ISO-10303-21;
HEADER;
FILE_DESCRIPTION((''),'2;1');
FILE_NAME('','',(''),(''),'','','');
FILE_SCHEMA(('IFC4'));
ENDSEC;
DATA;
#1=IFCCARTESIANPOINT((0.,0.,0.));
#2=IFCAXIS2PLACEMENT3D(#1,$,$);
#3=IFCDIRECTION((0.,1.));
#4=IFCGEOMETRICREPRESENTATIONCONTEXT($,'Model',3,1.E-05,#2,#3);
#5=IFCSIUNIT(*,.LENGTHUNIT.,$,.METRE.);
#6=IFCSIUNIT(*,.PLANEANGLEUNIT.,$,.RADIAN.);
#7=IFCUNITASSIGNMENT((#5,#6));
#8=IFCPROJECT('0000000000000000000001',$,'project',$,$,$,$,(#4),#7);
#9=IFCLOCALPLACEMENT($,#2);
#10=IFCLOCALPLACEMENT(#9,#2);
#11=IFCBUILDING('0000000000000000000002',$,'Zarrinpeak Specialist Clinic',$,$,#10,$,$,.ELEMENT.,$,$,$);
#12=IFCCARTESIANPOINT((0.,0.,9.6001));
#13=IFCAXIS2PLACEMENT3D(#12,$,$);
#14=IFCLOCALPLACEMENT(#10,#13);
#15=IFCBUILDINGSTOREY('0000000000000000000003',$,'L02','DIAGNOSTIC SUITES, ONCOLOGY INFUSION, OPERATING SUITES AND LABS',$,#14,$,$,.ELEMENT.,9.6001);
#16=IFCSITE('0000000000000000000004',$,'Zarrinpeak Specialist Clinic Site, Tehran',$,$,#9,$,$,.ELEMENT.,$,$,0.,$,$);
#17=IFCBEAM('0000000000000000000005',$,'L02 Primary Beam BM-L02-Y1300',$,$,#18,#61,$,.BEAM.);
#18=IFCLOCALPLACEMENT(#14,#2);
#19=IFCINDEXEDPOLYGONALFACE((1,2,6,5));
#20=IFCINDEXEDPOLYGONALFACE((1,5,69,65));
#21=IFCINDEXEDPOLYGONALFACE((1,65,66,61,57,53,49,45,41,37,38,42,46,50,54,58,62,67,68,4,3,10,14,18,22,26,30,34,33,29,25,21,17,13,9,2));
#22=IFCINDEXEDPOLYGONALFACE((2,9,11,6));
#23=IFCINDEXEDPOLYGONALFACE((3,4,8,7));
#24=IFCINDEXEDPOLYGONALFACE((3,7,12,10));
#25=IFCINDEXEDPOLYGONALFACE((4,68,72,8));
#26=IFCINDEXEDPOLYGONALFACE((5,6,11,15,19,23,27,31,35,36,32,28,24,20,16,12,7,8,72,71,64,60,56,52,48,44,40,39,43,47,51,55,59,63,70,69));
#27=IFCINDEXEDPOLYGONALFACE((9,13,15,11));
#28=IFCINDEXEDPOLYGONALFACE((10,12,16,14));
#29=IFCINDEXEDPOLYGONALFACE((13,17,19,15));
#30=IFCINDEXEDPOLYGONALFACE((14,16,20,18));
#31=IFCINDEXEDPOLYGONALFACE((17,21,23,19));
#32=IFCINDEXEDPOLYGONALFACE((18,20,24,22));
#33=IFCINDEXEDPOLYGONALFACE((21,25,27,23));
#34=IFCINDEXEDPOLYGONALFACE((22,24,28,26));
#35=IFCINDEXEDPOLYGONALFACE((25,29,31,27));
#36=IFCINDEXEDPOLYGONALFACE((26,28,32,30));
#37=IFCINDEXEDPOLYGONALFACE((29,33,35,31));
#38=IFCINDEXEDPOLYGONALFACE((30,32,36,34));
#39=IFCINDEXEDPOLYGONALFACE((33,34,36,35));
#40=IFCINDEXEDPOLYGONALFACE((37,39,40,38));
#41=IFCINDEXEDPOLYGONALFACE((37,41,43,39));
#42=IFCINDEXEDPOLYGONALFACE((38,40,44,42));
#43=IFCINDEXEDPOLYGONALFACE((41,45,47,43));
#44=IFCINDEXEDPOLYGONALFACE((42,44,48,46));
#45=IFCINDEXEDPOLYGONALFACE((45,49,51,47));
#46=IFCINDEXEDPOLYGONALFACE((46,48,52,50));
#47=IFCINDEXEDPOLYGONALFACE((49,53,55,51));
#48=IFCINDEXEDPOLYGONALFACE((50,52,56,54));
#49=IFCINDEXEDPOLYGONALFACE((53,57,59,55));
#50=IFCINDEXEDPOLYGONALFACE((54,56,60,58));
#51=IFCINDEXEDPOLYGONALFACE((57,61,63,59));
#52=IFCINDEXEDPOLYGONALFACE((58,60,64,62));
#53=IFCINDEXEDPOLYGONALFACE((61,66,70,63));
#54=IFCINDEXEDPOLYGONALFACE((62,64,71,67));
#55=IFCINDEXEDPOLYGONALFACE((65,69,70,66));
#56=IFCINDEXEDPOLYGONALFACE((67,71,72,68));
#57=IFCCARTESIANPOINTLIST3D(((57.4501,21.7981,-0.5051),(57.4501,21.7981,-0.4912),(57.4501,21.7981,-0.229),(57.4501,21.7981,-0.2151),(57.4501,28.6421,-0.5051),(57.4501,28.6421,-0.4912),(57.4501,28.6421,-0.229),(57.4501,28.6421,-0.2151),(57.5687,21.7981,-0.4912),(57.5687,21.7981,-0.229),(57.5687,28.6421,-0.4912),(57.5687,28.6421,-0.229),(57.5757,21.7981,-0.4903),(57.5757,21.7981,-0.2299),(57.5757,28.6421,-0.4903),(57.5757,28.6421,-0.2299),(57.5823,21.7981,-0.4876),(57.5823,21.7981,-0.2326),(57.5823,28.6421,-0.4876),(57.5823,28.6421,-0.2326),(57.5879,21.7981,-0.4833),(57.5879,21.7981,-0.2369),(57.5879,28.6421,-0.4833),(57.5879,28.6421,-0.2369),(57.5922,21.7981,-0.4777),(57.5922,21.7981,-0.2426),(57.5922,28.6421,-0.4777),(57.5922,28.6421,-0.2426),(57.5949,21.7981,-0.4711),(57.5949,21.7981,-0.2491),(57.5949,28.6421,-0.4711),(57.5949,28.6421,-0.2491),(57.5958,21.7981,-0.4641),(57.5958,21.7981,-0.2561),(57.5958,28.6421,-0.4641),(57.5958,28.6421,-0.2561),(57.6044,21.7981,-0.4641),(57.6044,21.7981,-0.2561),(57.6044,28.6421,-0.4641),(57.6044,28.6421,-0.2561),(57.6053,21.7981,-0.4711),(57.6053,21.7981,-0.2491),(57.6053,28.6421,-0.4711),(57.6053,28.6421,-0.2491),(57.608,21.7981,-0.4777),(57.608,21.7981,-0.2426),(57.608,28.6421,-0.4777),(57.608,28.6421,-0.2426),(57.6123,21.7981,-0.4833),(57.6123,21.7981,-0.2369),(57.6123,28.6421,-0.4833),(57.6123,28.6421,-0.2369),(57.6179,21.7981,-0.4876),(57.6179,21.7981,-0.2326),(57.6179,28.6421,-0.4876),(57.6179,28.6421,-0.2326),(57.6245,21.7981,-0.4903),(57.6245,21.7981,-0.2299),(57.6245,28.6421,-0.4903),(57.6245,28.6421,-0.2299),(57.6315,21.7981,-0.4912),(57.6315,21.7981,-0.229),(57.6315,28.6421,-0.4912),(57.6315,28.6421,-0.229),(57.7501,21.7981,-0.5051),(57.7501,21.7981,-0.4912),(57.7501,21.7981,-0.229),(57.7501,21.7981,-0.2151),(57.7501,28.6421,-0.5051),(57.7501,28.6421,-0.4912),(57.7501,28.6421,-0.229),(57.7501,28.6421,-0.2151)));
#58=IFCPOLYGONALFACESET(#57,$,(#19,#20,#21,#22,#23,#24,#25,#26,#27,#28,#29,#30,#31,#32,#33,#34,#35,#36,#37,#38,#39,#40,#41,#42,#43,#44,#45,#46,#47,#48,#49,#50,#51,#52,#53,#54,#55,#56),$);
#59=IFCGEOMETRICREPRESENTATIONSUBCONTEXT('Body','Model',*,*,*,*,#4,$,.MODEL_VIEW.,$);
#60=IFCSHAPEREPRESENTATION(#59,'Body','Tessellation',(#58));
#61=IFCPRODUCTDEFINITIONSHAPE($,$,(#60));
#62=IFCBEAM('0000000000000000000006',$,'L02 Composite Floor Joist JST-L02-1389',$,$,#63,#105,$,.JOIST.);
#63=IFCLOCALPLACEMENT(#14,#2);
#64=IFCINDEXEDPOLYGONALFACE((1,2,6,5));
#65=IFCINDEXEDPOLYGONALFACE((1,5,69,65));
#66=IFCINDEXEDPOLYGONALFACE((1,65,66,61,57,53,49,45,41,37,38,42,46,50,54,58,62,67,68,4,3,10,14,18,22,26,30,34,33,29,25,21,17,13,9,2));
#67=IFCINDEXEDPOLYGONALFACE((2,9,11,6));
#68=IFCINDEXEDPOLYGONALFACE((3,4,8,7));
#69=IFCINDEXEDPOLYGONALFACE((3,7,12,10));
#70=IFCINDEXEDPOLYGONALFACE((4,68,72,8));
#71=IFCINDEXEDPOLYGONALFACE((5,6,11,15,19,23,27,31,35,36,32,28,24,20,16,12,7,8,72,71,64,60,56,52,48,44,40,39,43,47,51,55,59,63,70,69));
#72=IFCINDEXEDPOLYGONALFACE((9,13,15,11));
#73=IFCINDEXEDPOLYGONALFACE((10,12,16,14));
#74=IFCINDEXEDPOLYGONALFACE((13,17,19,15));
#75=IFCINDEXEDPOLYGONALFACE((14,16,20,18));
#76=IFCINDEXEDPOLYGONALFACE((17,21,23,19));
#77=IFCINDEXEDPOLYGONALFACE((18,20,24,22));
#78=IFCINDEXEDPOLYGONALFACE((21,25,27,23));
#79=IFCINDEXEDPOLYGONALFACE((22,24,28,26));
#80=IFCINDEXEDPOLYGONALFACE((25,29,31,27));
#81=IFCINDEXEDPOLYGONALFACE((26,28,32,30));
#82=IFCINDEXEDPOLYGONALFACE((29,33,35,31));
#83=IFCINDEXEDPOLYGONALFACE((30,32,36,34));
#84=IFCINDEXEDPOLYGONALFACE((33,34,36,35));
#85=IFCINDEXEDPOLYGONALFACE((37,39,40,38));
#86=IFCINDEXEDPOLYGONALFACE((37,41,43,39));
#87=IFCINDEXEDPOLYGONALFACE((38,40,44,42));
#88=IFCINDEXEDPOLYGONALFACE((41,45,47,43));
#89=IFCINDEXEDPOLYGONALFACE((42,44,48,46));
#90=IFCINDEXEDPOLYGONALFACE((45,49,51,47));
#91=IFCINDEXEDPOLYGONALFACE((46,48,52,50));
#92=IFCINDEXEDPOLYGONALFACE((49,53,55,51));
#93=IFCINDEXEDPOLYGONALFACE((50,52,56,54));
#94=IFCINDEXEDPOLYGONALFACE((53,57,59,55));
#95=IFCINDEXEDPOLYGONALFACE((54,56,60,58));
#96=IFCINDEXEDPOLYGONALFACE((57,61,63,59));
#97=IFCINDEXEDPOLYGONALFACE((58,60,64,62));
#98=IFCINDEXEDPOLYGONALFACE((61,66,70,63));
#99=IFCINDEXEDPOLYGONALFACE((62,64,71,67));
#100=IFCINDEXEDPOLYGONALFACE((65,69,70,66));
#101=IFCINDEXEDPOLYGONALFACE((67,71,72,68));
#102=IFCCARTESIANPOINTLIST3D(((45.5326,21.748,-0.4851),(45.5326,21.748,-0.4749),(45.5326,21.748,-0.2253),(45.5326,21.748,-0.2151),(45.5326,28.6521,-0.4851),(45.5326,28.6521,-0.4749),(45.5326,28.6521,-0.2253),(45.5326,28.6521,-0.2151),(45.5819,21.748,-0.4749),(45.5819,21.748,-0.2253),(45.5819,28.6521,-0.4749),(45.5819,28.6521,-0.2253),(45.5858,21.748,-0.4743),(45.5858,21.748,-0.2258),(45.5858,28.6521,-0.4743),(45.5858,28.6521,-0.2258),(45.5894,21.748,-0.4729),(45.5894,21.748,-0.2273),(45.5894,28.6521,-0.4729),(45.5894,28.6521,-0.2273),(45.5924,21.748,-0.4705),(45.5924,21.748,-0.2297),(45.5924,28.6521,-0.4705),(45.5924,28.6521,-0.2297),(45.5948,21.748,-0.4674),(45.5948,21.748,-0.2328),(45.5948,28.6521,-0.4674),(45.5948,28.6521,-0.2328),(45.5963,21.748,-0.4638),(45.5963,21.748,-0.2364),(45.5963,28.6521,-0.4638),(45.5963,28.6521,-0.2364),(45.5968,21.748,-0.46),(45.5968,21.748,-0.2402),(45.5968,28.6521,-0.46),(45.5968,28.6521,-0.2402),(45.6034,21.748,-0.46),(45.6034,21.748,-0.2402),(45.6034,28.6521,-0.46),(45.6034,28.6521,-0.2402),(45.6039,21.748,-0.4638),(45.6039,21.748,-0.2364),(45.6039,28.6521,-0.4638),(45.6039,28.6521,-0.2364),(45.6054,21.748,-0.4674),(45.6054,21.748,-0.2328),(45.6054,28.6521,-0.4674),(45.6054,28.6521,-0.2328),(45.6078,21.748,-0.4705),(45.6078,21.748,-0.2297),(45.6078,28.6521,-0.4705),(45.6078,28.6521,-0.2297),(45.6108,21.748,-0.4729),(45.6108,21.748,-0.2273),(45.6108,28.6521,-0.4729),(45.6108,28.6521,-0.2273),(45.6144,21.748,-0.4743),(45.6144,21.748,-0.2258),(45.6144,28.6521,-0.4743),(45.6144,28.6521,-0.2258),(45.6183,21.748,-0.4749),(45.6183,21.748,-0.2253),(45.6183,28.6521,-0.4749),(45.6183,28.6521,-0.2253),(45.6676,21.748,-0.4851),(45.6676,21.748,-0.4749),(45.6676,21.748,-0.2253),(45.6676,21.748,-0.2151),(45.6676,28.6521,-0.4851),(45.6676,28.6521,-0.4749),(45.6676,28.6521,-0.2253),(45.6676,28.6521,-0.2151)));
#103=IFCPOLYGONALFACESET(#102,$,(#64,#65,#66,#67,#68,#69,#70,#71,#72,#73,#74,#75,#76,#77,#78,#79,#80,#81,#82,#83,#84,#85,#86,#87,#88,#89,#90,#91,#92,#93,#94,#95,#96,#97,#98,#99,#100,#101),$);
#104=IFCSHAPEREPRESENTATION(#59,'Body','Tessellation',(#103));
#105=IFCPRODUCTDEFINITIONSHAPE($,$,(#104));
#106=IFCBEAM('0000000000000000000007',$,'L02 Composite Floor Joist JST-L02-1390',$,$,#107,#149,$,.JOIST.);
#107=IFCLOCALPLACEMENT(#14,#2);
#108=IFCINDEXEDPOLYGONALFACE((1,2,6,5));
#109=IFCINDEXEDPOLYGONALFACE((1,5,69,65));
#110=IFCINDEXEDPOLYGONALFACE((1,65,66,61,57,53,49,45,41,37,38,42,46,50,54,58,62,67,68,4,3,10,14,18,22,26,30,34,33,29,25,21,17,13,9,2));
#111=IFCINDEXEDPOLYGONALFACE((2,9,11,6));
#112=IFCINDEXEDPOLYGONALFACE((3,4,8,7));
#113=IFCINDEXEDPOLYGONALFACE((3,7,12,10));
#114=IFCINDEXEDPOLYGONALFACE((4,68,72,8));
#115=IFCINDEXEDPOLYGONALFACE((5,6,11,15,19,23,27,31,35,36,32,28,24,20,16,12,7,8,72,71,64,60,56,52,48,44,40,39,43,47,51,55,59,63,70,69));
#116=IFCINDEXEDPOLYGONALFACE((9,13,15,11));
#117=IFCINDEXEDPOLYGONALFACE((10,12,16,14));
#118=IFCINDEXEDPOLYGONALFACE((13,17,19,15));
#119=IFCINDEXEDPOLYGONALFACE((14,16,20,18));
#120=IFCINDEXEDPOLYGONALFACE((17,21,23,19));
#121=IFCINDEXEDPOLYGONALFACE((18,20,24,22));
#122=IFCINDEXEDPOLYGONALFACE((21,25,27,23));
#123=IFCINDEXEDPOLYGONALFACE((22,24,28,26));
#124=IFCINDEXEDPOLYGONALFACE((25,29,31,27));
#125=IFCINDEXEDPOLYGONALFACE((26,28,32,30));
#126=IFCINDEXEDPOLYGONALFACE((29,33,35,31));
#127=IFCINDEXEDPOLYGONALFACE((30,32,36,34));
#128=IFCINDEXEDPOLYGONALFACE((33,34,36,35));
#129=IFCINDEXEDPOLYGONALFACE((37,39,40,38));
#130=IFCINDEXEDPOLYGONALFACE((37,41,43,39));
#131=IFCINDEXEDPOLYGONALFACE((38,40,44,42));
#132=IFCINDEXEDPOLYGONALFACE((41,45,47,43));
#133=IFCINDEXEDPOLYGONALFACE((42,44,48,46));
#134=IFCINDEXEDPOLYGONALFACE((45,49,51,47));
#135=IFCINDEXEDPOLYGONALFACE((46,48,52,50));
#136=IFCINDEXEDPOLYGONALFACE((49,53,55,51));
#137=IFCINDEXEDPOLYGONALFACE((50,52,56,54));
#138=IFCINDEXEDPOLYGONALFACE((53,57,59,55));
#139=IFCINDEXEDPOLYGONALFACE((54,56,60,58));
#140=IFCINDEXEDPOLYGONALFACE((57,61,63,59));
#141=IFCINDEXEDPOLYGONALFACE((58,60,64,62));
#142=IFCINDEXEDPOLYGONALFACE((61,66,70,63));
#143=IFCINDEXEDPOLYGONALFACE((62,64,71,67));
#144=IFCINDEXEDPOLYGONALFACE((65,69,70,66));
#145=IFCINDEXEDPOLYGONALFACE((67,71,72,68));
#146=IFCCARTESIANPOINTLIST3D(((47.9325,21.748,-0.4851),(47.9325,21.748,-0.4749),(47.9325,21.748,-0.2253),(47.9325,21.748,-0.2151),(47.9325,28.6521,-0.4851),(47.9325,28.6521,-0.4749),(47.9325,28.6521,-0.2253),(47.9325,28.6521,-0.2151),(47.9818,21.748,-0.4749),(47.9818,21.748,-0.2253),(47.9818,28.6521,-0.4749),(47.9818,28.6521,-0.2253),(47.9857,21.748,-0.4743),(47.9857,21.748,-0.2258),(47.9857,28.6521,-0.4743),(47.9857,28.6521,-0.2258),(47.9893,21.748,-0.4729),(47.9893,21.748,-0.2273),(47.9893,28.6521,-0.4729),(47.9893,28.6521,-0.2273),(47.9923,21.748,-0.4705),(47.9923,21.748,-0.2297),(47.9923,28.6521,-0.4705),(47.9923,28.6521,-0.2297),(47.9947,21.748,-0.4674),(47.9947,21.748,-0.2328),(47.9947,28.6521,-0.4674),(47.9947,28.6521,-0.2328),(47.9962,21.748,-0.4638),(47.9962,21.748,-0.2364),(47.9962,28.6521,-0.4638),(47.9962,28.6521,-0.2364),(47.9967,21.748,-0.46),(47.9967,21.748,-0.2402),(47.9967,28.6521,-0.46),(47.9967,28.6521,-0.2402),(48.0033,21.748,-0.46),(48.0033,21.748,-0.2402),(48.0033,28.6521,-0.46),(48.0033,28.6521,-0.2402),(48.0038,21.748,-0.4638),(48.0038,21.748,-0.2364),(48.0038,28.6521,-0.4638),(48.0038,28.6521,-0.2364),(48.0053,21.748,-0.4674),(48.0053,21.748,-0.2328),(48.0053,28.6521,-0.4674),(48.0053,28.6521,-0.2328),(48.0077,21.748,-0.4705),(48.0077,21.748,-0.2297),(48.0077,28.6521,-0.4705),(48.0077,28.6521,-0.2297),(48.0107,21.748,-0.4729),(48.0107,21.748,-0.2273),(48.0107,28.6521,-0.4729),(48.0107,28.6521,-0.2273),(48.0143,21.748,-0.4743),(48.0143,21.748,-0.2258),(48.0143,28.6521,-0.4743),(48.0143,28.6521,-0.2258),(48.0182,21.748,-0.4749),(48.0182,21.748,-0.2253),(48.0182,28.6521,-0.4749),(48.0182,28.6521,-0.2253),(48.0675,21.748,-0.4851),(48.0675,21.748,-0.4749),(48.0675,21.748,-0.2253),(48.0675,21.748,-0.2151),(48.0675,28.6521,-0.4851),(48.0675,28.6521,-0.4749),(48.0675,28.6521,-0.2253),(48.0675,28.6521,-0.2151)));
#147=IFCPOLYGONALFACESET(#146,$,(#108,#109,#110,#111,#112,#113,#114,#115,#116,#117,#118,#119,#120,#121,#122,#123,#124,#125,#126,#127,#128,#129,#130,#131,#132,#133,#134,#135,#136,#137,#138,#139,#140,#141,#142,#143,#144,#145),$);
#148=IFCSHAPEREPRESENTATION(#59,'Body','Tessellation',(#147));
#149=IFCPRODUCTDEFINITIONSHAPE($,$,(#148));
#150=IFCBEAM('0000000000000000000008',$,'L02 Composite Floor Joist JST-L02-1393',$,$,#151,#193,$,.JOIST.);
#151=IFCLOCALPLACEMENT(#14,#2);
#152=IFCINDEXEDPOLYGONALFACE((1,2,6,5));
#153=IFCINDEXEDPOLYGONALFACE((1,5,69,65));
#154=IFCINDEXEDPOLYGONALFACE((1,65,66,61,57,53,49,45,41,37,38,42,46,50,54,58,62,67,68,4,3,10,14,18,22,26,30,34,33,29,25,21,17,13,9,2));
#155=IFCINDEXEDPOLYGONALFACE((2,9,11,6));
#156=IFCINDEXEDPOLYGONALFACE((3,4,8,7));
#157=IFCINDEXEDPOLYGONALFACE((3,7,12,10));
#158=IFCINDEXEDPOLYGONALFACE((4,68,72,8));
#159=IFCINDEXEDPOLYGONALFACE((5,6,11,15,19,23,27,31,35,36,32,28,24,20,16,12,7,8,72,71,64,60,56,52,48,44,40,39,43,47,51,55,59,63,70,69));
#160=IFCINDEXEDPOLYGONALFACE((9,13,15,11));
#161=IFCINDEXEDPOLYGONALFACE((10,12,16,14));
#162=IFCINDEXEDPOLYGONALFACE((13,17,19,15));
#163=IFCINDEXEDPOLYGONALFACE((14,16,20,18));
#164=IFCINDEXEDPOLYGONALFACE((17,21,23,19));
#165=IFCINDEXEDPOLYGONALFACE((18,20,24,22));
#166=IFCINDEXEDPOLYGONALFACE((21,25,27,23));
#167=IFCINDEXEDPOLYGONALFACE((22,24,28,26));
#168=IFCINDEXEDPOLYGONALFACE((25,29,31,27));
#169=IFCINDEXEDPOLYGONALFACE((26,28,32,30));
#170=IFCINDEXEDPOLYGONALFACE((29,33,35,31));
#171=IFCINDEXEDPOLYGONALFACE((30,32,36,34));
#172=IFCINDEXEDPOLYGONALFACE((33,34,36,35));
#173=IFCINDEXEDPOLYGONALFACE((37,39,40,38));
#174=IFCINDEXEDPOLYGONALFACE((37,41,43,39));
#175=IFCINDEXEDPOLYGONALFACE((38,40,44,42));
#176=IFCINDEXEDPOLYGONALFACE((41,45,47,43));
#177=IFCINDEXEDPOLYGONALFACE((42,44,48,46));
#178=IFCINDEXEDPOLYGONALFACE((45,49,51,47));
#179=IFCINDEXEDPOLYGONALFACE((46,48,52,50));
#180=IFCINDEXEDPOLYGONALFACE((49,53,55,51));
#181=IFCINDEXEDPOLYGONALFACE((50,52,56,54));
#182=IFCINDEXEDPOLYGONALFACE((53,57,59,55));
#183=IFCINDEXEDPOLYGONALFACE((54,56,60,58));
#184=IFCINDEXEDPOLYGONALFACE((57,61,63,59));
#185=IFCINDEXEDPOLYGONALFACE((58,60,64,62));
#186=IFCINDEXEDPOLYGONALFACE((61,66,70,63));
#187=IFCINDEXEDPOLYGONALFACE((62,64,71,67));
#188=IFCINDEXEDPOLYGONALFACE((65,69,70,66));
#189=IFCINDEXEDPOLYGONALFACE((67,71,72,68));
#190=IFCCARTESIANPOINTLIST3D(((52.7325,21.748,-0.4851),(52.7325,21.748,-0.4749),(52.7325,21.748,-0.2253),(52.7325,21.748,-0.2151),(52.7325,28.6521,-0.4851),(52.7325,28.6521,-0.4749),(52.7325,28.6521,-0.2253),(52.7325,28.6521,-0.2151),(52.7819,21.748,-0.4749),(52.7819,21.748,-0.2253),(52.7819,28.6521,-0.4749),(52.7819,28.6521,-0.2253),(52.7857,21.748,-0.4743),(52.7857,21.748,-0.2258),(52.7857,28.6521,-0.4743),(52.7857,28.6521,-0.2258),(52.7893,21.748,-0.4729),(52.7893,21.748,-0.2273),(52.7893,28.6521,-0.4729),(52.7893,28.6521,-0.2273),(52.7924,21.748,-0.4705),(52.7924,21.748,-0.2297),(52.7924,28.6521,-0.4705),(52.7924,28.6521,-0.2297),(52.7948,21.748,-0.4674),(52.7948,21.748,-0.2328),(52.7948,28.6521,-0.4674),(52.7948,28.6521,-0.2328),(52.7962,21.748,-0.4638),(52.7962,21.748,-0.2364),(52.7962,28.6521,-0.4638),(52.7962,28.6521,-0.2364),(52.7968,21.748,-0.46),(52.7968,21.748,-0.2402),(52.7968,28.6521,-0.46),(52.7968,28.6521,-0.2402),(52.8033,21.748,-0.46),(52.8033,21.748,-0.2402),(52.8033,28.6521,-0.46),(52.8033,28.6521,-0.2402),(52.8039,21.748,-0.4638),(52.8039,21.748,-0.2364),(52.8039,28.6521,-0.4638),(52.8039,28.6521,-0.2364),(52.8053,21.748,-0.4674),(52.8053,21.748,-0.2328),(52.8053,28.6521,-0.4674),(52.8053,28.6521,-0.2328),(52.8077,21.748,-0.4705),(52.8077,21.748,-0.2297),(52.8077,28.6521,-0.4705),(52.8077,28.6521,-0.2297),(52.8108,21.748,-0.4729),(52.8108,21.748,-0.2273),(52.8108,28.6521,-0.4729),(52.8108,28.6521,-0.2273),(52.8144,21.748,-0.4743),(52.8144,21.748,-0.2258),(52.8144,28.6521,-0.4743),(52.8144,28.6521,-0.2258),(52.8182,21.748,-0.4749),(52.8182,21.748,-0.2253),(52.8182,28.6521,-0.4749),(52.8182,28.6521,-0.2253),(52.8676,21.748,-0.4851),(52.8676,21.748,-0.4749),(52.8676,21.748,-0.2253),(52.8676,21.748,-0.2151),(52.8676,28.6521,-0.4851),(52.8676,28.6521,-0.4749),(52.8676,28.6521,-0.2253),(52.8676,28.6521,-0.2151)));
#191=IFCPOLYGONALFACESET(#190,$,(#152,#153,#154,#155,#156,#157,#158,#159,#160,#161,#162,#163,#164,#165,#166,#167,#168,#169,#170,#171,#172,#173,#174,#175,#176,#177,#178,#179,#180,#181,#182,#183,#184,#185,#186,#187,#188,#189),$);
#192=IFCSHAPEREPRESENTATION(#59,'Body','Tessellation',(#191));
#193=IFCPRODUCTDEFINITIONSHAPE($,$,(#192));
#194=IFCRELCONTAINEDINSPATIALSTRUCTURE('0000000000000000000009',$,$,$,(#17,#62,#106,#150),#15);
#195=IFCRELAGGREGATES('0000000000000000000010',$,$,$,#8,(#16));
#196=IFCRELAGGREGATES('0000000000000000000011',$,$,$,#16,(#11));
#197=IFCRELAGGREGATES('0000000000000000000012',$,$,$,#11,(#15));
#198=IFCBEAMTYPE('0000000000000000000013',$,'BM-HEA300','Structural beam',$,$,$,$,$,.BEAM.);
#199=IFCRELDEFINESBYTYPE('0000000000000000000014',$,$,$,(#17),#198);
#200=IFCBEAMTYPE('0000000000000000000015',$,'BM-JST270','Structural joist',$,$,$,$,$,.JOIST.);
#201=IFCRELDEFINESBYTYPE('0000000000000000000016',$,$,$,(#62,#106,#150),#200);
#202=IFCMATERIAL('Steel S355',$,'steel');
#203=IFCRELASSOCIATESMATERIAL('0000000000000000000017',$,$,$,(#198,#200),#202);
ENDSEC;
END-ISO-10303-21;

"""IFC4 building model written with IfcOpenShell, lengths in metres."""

from ifc_helpers import new_model, si_unit, direction, frame, origin, origin_2d, place, context, subcontext, project, spatial, i_section, extrude, material, material_profile, profile_set, type_object, element, save


model = new_model("IFC4")

# Units and contexts
model_context = context("Model", 3, precision=1e-05, world=origin(), true_north=direction((0.0, 1.0)))
body_context = subcontext(model_context, "Body", "Model", "MODEL_VIEW")
ifc_project = project(units=[si_unit("LENGTHUNIT", "METRE"), si_unit("PLANEANGLEUNIT", "RADIAN")], contexts=[model_context])

# Site, building, storey
site_placement = place(None, origin())
site = spatial("IfcSite", under=ifc_project, at=site_placement, Name="Zarrinpeak Specialist Clinic Site, Tehran", CompositionType="ELEMENT", RefElevation=0.0)
building_placement = place(site_placement, origin())
building = spatial("IfcBuilding", under=site, at=building_placement, Name="Zarrinpeak Specialist Clinic", CompositionType="ELEMENT")
storey_placement = place(building_placement, frame((0.0, 0.0, 9.6001)))
storey = spatial("IfcBuildingStorey", under=building, at=storey_placement, Name="L02", Description="DIAGNOSTIC SUITES, ONCOLOGY INFUSION, OPERATING SUITES AND LABS", CompositionType="ELEMENT", Elevation=9.6001)

# Shared definitions
ifc_material_1 = material(Name="Steel S355", Category="steel")

# Beams
ifc_material_profile_1 = material_profile(ifc_material_1, i_section(OverallWidth=0.3, OverallDepth=0.29, WebThickness=0.0085, FlangeThickness=0.0139, FilletRadius=0.0271, at=origin_2d()), Name="HEA 300")
ifc_profile_set_1 = profile_set([ifc_material_profile_1], Name="Steel S355")
beam_type_1 = type_object("IfcBeamType", Name="BM-HEA300", Description="Structural beam", PredefinedType="BEAM", material=ifc_profile_set_1)
for number, where, z_axis, x_axis, name in (
    (1, (57.6001, 21.7981, -0.3601), (0.0, 1.0, 0.0), (-1.0, 0.0, 0.0), "L02 Primary Beam BM-L02-Y1300"),
):
    element("IfcBeam", number, at=place(storey_placement, frame(where, z_axis=z_axis, x_axis=x_axis)), inside=storey, type_object=beam_type_1, Name=name, PredefinedType="BEAM", context=body_context, shape_type="SweptSolid", body=[
        extrude(i_section(OverallWidth=0.3, OverallDepth=0.29, WebThickness=0.0085, FlangeThickness=0.0139, FilletRadius=0.0271, at=origin_2d()), origin(), (0.0, 0.0, 1.0), 6.844),
    ])
ifc_material_profile_2 = material_profile(ifc_material_1, i_section(OverallWidth=0.135, OverallDepth=0.27, WebThickness=0.0066, FlangeThickness=0.0103, FilletRadius=0.0149, at=origin_2d()), Name="IPE 270")
ifc_profile_set_2 = profile_set([ifc_material_profile_2], Name="Steel S355")
beam_type_2 = type_object("IfcBeamType", Name="BM-JST270", Description="Structural joist", PredefinedType="JOIST", material=ifc_profile_set_2)
for number, where, z_axis, x_axis, name in (
    (2, (45.6001, 21.748, -0.3501), (0.0, 1.0, 0.0), (-1.0, 0.0, 0.0), "L02 Composite Floor Joist JST-L02-1389"),
    (3, (48.0, 21.748, -0.3501), (0.0, 1.0, 0.0), (-1.0, 0.0, 0.0), "L02 Composite Floor Joist JST-L02-1390"),
    (4, (52.8, 21.748, -0.3501), (0.0, 1.0, 0.0), (-1.0, 0.0, 0.0), "L02 Composite Floor Joist JST-L02-1393"),
):
    element("IfcBeam", number, at=place(storey_placement, frame(where, z_axis=z_axis, x_axis=x_axis)), inside=storey, type_object=beam_type_2, Name=name, PredefinedType="JOIST", context=body_context, shape_type="SweptSolid", body=[
        extrude(i_section(OverallWidth=0.135, OverallDepth=0.27, WebThickness=0.0066, FlangeThickness=0.0103, FilletRadius=0.0149, at=origin_2d()), origin(), (0.0, 0.0, 1.0), 6.9041),
    ])

save(model, "model.ifc")
